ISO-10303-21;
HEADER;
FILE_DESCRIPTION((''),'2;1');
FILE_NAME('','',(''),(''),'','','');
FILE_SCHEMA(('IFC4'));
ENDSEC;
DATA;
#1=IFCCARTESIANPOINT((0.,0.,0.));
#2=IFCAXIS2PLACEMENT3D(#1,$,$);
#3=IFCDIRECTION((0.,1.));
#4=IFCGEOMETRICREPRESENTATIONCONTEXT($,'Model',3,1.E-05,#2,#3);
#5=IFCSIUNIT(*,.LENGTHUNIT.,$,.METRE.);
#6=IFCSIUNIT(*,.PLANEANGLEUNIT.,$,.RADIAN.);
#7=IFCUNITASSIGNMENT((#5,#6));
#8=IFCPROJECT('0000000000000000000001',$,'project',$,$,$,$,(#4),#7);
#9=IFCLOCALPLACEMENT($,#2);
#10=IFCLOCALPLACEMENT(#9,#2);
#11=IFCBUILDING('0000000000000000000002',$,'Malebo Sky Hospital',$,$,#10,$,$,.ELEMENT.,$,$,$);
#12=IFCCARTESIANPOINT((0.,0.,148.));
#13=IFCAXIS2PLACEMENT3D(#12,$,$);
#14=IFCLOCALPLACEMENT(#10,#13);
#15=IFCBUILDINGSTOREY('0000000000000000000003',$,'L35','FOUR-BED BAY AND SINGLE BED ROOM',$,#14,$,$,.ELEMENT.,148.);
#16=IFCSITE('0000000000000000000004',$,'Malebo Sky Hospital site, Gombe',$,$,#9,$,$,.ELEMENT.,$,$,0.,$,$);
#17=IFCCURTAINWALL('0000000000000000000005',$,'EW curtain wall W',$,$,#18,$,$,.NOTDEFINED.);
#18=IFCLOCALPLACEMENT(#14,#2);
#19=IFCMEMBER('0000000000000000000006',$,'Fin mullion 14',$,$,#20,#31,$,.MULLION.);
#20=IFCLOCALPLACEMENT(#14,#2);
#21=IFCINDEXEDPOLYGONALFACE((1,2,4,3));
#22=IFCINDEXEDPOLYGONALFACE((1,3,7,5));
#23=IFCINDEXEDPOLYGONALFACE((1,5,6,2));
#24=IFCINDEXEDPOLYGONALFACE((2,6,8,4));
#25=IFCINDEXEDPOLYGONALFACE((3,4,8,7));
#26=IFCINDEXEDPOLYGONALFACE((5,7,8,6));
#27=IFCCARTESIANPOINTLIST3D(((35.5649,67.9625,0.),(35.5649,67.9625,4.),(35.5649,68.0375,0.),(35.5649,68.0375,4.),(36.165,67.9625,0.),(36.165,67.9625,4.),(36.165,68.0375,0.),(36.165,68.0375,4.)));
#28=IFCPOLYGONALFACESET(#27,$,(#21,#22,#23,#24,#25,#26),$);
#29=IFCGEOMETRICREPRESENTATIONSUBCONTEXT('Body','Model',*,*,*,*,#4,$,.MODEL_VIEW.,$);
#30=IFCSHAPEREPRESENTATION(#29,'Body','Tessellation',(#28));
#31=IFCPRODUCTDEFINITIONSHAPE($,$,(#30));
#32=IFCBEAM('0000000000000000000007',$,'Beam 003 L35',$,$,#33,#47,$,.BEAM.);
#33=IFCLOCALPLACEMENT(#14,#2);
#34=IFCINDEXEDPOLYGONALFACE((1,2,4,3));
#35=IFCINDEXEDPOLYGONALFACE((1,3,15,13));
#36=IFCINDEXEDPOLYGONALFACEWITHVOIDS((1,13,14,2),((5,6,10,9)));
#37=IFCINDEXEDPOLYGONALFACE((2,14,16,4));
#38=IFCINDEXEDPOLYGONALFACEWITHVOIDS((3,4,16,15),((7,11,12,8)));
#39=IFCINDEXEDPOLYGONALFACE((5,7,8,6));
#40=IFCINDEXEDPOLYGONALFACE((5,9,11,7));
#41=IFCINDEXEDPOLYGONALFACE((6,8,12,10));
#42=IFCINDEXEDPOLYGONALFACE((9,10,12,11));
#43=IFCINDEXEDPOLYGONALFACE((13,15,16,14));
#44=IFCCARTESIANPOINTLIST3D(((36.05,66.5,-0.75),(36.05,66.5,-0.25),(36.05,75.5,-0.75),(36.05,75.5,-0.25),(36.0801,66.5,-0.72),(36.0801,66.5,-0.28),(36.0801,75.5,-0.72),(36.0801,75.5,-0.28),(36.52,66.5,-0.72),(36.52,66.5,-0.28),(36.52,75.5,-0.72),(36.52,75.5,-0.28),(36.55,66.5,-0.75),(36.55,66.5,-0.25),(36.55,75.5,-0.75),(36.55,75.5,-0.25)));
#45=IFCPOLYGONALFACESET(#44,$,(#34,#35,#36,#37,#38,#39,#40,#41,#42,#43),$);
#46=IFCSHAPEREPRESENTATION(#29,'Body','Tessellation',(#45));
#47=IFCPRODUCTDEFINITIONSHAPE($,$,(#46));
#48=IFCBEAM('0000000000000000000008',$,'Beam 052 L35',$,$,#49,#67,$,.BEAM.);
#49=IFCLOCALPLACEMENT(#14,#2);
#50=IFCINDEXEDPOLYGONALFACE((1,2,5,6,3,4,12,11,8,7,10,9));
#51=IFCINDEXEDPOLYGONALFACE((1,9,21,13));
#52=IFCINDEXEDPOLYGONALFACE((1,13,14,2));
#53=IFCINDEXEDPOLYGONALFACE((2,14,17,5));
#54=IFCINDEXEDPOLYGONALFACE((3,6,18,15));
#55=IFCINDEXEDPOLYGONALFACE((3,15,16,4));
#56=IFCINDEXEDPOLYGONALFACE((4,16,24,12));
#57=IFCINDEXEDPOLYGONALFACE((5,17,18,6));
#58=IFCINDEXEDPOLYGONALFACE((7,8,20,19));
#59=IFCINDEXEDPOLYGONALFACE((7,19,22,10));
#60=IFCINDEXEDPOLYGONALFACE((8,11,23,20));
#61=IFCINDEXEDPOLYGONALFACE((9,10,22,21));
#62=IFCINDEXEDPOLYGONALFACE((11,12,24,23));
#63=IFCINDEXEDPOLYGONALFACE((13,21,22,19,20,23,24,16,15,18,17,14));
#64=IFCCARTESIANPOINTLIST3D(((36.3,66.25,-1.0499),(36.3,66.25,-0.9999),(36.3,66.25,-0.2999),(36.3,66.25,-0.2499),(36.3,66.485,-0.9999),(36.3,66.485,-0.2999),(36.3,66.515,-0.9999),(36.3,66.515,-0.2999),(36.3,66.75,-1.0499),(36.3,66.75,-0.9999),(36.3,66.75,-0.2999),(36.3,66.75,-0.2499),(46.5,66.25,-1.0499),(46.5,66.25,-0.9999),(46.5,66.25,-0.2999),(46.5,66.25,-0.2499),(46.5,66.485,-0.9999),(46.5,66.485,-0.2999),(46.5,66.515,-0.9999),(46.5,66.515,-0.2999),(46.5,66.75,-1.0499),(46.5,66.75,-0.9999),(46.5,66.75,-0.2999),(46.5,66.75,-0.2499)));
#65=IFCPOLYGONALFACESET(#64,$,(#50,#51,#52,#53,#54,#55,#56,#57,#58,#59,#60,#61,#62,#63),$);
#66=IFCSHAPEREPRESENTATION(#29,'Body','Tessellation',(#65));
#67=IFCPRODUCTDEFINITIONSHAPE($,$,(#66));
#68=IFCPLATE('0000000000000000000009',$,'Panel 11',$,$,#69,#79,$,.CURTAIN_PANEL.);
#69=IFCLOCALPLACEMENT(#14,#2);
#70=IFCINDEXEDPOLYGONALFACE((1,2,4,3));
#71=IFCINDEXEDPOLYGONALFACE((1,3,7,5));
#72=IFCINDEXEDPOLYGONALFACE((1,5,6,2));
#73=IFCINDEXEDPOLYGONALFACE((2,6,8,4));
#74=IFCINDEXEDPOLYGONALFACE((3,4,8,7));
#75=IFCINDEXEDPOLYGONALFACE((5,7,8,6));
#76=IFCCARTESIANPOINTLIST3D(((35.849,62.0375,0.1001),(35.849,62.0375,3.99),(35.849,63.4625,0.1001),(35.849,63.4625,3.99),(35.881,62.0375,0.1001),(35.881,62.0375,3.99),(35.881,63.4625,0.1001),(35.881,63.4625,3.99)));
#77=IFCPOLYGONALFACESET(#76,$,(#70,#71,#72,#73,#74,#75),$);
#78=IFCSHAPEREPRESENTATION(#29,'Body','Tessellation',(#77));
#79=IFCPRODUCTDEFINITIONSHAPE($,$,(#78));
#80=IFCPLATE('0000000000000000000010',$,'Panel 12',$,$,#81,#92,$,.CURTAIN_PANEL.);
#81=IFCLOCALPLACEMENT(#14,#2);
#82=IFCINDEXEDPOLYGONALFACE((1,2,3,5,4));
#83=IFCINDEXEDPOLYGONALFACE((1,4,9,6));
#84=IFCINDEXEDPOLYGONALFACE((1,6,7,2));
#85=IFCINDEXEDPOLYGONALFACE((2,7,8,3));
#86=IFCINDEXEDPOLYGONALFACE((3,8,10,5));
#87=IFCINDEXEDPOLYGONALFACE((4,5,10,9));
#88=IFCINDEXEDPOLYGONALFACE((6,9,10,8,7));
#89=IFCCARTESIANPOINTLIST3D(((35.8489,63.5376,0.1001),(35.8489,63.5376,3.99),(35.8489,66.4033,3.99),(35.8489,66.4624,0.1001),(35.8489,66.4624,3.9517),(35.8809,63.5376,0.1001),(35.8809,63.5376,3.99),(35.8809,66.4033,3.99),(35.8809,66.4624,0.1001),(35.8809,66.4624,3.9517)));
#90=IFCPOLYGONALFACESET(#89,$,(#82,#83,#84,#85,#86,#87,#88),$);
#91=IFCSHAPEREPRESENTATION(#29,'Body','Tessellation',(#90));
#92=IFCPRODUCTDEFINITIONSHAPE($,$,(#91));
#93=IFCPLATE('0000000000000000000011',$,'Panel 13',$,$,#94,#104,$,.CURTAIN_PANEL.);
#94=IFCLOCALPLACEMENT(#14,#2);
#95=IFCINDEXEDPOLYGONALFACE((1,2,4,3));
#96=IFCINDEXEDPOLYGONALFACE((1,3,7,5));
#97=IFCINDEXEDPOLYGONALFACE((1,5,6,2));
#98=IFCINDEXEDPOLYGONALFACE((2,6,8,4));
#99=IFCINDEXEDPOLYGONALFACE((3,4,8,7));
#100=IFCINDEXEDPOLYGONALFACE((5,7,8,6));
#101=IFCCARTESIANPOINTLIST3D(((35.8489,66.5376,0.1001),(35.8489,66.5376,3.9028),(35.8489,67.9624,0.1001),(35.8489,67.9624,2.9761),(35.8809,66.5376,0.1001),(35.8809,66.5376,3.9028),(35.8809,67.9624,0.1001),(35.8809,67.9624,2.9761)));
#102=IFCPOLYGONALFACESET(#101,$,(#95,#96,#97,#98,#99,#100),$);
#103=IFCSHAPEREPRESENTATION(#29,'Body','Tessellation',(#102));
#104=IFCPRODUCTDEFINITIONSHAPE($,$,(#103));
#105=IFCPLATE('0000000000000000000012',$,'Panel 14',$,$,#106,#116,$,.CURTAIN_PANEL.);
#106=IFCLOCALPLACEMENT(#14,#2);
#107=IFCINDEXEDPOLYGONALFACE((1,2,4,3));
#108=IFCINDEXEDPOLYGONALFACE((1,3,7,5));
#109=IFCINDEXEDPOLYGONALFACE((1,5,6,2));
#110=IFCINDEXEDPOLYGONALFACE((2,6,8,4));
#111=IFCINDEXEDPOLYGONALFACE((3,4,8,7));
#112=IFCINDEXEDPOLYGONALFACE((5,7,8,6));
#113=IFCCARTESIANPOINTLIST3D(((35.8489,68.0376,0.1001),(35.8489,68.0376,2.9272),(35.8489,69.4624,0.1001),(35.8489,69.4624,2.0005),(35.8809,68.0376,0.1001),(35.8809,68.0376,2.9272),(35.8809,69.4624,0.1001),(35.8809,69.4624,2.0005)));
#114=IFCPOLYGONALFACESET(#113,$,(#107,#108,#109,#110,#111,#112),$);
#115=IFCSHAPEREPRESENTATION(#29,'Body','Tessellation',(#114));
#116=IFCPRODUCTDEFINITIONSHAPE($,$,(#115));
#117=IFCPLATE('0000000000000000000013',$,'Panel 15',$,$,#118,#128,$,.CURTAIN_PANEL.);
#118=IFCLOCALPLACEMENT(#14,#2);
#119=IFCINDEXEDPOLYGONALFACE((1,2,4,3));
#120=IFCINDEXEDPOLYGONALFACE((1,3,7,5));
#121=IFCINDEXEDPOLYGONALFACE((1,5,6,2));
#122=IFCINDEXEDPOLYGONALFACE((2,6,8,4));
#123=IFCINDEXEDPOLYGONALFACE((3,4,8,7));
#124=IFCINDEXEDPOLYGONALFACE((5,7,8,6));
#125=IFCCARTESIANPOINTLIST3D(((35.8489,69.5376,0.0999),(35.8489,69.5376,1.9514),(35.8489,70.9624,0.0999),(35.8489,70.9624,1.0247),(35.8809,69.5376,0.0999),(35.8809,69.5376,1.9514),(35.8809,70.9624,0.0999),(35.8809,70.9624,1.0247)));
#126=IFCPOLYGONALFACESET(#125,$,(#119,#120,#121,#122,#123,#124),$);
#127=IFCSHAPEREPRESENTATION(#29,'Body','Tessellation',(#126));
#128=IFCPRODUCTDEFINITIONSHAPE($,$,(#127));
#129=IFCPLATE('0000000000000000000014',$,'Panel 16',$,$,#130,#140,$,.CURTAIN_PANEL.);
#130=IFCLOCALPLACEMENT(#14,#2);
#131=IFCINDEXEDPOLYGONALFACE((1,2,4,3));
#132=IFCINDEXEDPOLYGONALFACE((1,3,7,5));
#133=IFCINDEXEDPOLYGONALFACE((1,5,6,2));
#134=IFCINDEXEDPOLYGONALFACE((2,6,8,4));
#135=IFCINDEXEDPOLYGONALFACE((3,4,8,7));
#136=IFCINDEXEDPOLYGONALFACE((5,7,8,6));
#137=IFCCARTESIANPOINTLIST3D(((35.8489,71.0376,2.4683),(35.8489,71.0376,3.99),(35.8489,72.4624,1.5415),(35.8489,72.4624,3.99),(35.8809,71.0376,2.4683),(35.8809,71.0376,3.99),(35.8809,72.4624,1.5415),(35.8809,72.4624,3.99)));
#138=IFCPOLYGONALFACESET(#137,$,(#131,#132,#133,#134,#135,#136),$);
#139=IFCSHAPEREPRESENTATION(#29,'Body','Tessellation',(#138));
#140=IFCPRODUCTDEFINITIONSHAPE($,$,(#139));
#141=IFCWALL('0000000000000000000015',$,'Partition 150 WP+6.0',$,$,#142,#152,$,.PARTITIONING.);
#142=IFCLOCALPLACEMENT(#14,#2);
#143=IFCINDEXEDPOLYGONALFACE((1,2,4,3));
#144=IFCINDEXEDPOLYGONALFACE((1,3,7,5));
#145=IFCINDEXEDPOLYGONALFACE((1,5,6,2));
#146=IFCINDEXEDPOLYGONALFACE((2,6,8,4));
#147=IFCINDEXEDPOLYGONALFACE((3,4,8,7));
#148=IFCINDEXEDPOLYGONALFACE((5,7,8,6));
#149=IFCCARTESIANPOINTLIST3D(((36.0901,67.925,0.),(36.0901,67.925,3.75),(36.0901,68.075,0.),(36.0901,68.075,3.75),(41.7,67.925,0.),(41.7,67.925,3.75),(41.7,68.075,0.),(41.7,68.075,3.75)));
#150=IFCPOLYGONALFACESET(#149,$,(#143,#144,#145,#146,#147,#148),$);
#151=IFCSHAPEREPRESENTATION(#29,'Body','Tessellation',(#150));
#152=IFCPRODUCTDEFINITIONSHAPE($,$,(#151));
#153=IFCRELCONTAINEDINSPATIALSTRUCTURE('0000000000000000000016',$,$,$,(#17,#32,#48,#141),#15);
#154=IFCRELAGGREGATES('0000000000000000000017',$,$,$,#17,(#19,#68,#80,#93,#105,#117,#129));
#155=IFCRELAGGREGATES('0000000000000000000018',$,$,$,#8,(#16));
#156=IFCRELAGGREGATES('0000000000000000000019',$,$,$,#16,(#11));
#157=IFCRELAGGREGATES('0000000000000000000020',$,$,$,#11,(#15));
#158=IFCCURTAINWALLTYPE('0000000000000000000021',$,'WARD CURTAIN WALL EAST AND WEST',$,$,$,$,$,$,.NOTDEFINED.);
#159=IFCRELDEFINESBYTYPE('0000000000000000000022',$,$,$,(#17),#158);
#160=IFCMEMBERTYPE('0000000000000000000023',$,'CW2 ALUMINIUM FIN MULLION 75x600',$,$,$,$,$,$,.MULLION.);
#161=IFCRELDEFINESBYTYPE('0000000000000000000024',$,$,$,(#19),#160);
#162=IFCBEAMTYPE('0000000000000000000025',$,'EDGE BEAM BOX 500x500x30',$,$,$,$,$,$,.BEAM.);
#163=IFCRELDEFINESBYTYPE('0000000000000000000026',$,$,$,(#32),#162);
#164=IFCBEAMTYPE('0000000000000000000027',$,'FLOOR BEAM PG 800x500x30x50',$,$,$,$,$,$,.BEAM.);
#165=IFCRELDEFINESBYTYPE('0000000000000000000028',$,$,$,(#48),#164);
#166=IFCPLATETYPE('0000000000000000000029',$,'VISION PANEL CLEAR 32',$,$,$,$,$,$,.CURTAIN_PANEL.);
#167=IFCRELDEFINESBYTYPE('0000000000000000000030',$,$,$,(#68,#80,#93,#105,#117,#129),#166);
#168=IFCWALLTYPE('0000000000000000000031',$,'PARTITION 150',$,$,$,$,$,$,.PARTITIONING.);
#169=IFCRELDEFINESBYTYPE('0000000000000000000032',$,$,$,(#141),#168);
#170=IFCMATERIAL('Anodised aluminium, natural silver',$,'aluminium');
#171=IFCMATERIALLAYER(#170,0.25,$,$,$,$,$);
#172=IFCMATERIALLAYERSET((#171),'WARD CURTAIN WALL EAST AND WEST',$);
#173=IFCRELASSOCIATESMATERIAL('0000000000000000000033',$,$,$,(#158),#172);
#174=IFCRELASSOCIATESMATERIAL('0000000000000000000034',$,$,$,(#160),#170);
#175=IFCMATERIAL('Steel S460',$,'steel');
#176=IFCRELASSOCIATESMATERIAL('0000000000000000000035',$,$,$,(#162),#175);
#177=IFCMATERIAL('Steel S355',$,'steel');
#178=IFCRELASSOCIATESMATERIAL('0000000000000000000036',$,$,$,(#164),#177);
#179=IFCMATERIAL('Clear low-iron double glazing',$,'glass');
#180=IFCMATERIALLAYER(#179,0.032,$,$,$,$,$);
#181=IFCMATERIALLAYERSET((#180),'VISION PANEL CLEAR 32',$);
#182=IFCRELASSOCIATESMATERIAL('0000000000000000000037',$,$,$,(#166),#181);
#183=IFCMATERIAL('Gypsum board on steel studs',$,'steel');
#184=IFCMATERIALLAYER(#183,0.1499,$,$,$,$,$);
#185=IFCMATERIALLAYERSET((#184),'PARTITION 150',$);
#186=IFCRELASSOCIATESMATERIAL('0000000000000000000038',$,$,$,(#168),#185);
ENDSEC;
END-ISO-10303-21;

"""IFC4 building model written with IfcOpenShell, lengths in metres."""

from ifc_helpers import new_model, si_unit, direction, frame, frame_2d, origin, origin_2d, place, context, subcontext, project, spatial, polyline, rectangle, hollow_rectangle, i_section, outline, extrude, material, layer, layer_set, material_profile, profile_set, type_object, element, aggregate, save


model = new_model("IFC4")

# Units and contexts
model_context = context("Model", 3, precision=1e-05, world=origin(), true_north=direction((0.0, 1.0)))
body_context = subcontext(model_context, "Body", "Model", "MODEL_VIEW")
ifc_project = project(units=[si_unit("LENGTHUNIT", "METRE"), si_unit("PLANEANGLEUNIT", "RADIAN")], contexts=[model_context])

# Site, building, storey
site_placement = place(None, origin())
site = spatial("IfcSite", under=ifc_project, at=site_placement, Name="Malebo Sky Hospital site, Gombe", CompositionType="ELEMENT", RefElevation=0.0)
building_placement = place(site_placement, origin())
building = spatial("IfcBuilding", under=site, at=building_placement, Name="Malebo Sky Hospital", CompositionType="ELEMENT")
storey_placement = place(building_placement, frame((0.0, 0.0, 148.0)))
storey = spatial("IfcBuildingStorey", under=building, at=storey_placement, Name="L35", Description="FOUR-BED BAY AND SINGLE BED ROOM", CompositionType="ELEMENT", Elevation=148.0)

# Shared definitions
ifc_material_1 = material(Name="Steel S460", Category="steel")

# Curtain wall, member
ifc_material_2 = material(Name="Anodised aluminium, natural silver", Category="aluminium")
ifc_layer_1 = layer(ifc_material_2, 0.25)
ifc_layer_set_1 = layer_set([ifc_layer_1], Name="WARD CURTAIN WALL EAST AND WEST")
curtain_wall_type = type_object("IfcCurtainWallType", Name="WARD CURTAIN WALL EAST AND WEST", PredefinedType="NOTDEFINED", material=ifc_layer_set_1)
curtain_wall_placement = place(storey_placement, origin())
curtain_wall = element("IfcCurtainWall", 1, at=curtain_wall_placement, inside=storey, type_object=curtain_wall_type, Name="EW curtain wall W", PredefinedType="NOTDEFINED")
ifc_material_profile_1 = material_profile(ifc_material_2, rectangle(XDim=0.075, YDim=0.6001, at=origin_2d()), Name="CW2 ALUMINIUM FIN MULLION 75x600")
ifc_profile_set_1 = profile_set([ifc_material_profile_1], Name="Anodised aluminium, natural silver")
member_type_1 = type_object("IfcMemberType", Name="CW2 ALUMINIUM FIN MULLION 75x600", PredefinedType="MULLION", material=ifc_profile_set_1)
member_1_placement = place(storey_placement, frame((35.865, 68.0, 0.0), z_axis=(0.0, 0.0, 1.0), x_axis=(0.0, 1.0, 0.0)))
member_1 = element("IfcMember", 2, at=member_1_placement, type_object=member_type_1, Name="Fin mullion 14", PredefinedType="MULLION", context=body_context, shape_type="SweptSolid", body=[
    extrude(rectangle(XDim=0.075, YDim=0.6001, at=origin_2d()), origin(), (0.0, 0.0, 1.0), 4.0),
])

# Beams
ifc_material_profile_2 = material_profile(ifc_material_1, hollow_rectangle(XDim=0.5, YDim=0.5, WallThickness=0.03, at=origin_2d()), Name="BOX 500x500x30")
ifc_profile_set_2 = profile_set([ifc_material_profile_2], Name="Steel S460")
beam_type_1 = type_object("IfcBeamType", Name="EDGE BEAM BOX 500x500x30", PredefinedType="BEAM", material=ifc_profile_set_2)
beam_1_placement = place(storey_placement, frame((36.3, 66.5, -0.5), z_axis=(0.0, 1.0, 0.0), x_axis=(-1.0, 0.0, 0.0)))
element("IfcBeam", 3, at=beam_1_placement, inside=storey, type_object=beam_type_1, Name="Beam 003 L35", PredefinedType="BEAM", context=body_context, shape_type="SweptSolid", body=[
    extrude(hollow_rectangle(XDim=0.5, YDim=0.5, WallThickness=0.03, at=origin_2d()), origin(), (0.0, 0.0, 1.0), 9.0),
])
ifc_material_3 = material(Name="Steel S355", Category="steel")
ifc_material_profile_3 = material_profile(ifc_material_3, i_section(OverallWidth=0.5, OverallDepth=0.8, WebThickness=0.03, FlangeThickness=0.05, at=origin_2d()), Name="PG 800x500x30x50")
ifc_profile_set_3 = profile_set([ifc_material_profile_3], Name="Steel S355")
beam_type_2 = type_object("IfcBeamType", Name="FLOOR BEAM PG 800x500x30x50", PredefinedType="BEAM", material=ifc_profile_set_3)
beam_2_placement = place(storey_placement, frame((36.3, 66.5, -0.6499), z_axis=(1.0, 0.0, 0.0), x_axis=(0.0, 1.0, 0.0)))
element("IfcBeam", 4, at=beam_2_placement, inside=storey, type_object=beam_type_2, Name="Beam 052 L35", PredefinedType="BEAM", context=body_context, shape_type="SweptSolid", body=[
    extrude(i_section(OverallWidth=0.5, OverallDepth=0.8, WebThickness=0.03, FlangeThickness=0.05, at=origin_2d()), origin(), (0.0, 0.0, 1.0), 10.2),
])

# Plates
ifc_material_4 = material(Name="Clear low-iron double glazing", Category="glass")
ifc_layer_2 = layer(ifc_material_4, 0.032)
ifc_layer_set_2 = layer_set([ifc_layer_2], Name="VISION PANEL CLEAR 32")
plate_type = type_object("IfcPlateType", Name="VISION PANEL CLEAR 32", PredefinedType="CURTAIN_PANEL", material=ifc_layer_set_2)
plate_1_placement = place(storey_placement, frame((35.865, 62.75, 0.1001), z_axis=(0.0, 0.0, 1.0), x_axis=(0.0, 1.0, 0.0)))
plate_1 = element("IfcPlate", 5, at=plate_1_placement, type_object=plate_type, Name="Panel 11", PredefinedType="CURTAIN_PANEL", context=body_context, shape_type="SweptSolid", body=[
    extrude(rectangle(XDim=1.425, YDim=0.032, at=origin_2d()), origin(), (0.0, 0.0, 1.0), 3.8899),
])
plate_2_placement = place(storey_placement, frame((35.865, 65.0, 0.1001), z_axis=(0.0, 0.0, 1.0), x_axis=(0.0, 1.0, 0.0)))
plate_2 = element("IfcPlate", 6, at=plate_2_placement, type_object=plate_type, Name="Panel 12", PredefinedType="CURTAIN_PANEL", context=body_context, shape_type="SweptSolid", body=[
    extrude(outline(polyline([(-1.4624, 0.0), (1.4624, 0.0), (1.4624, 3.8516), (1.4033, 3.8899), (-1.4624, 3.8899), (-1.4624, 0.0)])), frame((0.0, 0.0161, 0.0), z_axis=(0.0, -1.0, 0.0), x_axis=(1.0, 0.0, 0.0)), (0.0, 0.0, 1.0), 0.032),
])
plate_3_placement = place(storey_placement, frame((35.865, 67.25, 0.1001), z_axis=(0.0, 0.0, 1.0), x_axis=(0.0, 1.0, 0.0)))
plate_3 = element("IfcPlate", 7, at=plate_3_placement, type_object=plate_type, Name="Panel 13", PredefinedType="CURTAIN_PANEL", context=body_context, shape_type="SweptSolid", body=[
    extrude(outline(polyline([(-0.7124, 0.0), (0.7124, 0.0), (0.7124, 2.876), (-0.7124, 3.8027), (-0.7124, 0.0)])), frame((0.0, 0.0161, 0.0), z_axis=(0.0, -1.0, 0.0), x_axis=(1.0, 0.0, 0.0)), (0.0, 0.0, 1.0), 0.032),
])
plate_4_placement = place(storey_placement, frame((35.865, 68.75, 0.1001), z_axis=(0.0, 0.0, 1.0), x_axis=(0.0, 1.0, 0.0)))
plate_4 = element("IfcPlate", 8, at=plate_4_placement, type_object=plate_type, Name="Panel 14", PredefinedType="CURTAIN_PANEL", context=body_context, shape_type="SweptSolid", body=[
    extrude(outline(polyline([(-0.7124, 0.0), (0.7124, 0.0), (0.7124, 1.9004), (-0.7124, 2.8271), (-0.7124, 0.0)])), frame((0.0, 0.0161, 0.0), z_axis=(0.0, -1.0, 0.0), x_axis=(1.0, 0.0, 0.0)), (0.0, 0.0, 1.0), 0.032),
])
plate_5_placement = place(storey_placement, frame((35.865, 70.25, 0.0999), z_axis=(0.0, 0.0, 1.0), x_axis=(0.0, 1.0, 0.0)))
plate_5 = element("IfcPlate", 9, at=plate_5_placement, type_object=plate_type, Name="Panel 15", PredefinedType="CURTAIN_PANEL", context=body_context, shape_type="SweptSolid", body=[
    extrude(outline(polyline([(-0.7124, 0.0), (0.7124, 0.0), (0.7124, 0.9248), (-0.7124, 1.8516), (-0.7124, 0.0)])), frame((0.0, 0.0161, 0.0), z_axis=(0.0, -1.0, 0.0), x_axis=(1.0, 0.0, 0.0)), (0.0, 0.0, 1.0), 0.032),
])
plate_6_placement = place(storey_placement, frame((35.865, 71.75, 1.5415), z_axis=(0.0, 0.0, 1.0), x_axis=(0.0, 1.0, 0.0)))
plate_6 = element("IfcPlate", 10, at=plate_6_placement, type_object=plate_type, Name="Panel 16", PredefinedType="CURTAIN_PANEL", context=body_context, shape_type="SweptSolid", body=[
    extrude(outline(polyline([(0.7124, 0.0), (0.7124, 2.4485), (-0.7124, 2.4485), (-0.7124, 0.9268), (0.7124, 0.0)])), frame((0.0, 0.0161, 0.0), z_axis=(0.0, -1.0, 0.0), x_axis=(1.0, 0.0, 0.0)), (0.0, 0.0, 1.0), 0.032),
])
aggregate(curtain_wall, [member_1, plate_1, plate_2, plate_3, plate_4, plate_5, plate_6])

# Wall
ifc_material_5 = material(Name="Gypsum board on steel studs", Category="steel")
ifc_layer_3 = layer(ifc_material_5, 0.1499)
ifc_layer_set_3 = layer_set([ifc_layer_3], Name="PARTITION 150")
wall_type_1 = type_object("IfcWallType", Name="PARTITION 150", PredefinedType="PARTITIONING", material=ifc_layer_set_3)
wall_1_placement = place(storey_placement, frame((41.7, 68.0, 0.0), z_axis=(0.0, 0.0, 1.0), x_axis=(-1.0, 0.0, 0.0)))
element("IfcWall", 11, at=wall_1_placement, inside=storey, type_object=wall_type_1, Name="Partition 150 WP+6.0", PredefinedType="PARTITIONING", context=body_context, shape_type="SweptSolid", body=[
    extrude(rectangle(XDim=5.6099, YDim=0.1499, at=frame_2d((2.8049, 0.0))), origin(), (0.0, 0.0, 1.0), 3.75),
])

save(model, "model.ifc")
